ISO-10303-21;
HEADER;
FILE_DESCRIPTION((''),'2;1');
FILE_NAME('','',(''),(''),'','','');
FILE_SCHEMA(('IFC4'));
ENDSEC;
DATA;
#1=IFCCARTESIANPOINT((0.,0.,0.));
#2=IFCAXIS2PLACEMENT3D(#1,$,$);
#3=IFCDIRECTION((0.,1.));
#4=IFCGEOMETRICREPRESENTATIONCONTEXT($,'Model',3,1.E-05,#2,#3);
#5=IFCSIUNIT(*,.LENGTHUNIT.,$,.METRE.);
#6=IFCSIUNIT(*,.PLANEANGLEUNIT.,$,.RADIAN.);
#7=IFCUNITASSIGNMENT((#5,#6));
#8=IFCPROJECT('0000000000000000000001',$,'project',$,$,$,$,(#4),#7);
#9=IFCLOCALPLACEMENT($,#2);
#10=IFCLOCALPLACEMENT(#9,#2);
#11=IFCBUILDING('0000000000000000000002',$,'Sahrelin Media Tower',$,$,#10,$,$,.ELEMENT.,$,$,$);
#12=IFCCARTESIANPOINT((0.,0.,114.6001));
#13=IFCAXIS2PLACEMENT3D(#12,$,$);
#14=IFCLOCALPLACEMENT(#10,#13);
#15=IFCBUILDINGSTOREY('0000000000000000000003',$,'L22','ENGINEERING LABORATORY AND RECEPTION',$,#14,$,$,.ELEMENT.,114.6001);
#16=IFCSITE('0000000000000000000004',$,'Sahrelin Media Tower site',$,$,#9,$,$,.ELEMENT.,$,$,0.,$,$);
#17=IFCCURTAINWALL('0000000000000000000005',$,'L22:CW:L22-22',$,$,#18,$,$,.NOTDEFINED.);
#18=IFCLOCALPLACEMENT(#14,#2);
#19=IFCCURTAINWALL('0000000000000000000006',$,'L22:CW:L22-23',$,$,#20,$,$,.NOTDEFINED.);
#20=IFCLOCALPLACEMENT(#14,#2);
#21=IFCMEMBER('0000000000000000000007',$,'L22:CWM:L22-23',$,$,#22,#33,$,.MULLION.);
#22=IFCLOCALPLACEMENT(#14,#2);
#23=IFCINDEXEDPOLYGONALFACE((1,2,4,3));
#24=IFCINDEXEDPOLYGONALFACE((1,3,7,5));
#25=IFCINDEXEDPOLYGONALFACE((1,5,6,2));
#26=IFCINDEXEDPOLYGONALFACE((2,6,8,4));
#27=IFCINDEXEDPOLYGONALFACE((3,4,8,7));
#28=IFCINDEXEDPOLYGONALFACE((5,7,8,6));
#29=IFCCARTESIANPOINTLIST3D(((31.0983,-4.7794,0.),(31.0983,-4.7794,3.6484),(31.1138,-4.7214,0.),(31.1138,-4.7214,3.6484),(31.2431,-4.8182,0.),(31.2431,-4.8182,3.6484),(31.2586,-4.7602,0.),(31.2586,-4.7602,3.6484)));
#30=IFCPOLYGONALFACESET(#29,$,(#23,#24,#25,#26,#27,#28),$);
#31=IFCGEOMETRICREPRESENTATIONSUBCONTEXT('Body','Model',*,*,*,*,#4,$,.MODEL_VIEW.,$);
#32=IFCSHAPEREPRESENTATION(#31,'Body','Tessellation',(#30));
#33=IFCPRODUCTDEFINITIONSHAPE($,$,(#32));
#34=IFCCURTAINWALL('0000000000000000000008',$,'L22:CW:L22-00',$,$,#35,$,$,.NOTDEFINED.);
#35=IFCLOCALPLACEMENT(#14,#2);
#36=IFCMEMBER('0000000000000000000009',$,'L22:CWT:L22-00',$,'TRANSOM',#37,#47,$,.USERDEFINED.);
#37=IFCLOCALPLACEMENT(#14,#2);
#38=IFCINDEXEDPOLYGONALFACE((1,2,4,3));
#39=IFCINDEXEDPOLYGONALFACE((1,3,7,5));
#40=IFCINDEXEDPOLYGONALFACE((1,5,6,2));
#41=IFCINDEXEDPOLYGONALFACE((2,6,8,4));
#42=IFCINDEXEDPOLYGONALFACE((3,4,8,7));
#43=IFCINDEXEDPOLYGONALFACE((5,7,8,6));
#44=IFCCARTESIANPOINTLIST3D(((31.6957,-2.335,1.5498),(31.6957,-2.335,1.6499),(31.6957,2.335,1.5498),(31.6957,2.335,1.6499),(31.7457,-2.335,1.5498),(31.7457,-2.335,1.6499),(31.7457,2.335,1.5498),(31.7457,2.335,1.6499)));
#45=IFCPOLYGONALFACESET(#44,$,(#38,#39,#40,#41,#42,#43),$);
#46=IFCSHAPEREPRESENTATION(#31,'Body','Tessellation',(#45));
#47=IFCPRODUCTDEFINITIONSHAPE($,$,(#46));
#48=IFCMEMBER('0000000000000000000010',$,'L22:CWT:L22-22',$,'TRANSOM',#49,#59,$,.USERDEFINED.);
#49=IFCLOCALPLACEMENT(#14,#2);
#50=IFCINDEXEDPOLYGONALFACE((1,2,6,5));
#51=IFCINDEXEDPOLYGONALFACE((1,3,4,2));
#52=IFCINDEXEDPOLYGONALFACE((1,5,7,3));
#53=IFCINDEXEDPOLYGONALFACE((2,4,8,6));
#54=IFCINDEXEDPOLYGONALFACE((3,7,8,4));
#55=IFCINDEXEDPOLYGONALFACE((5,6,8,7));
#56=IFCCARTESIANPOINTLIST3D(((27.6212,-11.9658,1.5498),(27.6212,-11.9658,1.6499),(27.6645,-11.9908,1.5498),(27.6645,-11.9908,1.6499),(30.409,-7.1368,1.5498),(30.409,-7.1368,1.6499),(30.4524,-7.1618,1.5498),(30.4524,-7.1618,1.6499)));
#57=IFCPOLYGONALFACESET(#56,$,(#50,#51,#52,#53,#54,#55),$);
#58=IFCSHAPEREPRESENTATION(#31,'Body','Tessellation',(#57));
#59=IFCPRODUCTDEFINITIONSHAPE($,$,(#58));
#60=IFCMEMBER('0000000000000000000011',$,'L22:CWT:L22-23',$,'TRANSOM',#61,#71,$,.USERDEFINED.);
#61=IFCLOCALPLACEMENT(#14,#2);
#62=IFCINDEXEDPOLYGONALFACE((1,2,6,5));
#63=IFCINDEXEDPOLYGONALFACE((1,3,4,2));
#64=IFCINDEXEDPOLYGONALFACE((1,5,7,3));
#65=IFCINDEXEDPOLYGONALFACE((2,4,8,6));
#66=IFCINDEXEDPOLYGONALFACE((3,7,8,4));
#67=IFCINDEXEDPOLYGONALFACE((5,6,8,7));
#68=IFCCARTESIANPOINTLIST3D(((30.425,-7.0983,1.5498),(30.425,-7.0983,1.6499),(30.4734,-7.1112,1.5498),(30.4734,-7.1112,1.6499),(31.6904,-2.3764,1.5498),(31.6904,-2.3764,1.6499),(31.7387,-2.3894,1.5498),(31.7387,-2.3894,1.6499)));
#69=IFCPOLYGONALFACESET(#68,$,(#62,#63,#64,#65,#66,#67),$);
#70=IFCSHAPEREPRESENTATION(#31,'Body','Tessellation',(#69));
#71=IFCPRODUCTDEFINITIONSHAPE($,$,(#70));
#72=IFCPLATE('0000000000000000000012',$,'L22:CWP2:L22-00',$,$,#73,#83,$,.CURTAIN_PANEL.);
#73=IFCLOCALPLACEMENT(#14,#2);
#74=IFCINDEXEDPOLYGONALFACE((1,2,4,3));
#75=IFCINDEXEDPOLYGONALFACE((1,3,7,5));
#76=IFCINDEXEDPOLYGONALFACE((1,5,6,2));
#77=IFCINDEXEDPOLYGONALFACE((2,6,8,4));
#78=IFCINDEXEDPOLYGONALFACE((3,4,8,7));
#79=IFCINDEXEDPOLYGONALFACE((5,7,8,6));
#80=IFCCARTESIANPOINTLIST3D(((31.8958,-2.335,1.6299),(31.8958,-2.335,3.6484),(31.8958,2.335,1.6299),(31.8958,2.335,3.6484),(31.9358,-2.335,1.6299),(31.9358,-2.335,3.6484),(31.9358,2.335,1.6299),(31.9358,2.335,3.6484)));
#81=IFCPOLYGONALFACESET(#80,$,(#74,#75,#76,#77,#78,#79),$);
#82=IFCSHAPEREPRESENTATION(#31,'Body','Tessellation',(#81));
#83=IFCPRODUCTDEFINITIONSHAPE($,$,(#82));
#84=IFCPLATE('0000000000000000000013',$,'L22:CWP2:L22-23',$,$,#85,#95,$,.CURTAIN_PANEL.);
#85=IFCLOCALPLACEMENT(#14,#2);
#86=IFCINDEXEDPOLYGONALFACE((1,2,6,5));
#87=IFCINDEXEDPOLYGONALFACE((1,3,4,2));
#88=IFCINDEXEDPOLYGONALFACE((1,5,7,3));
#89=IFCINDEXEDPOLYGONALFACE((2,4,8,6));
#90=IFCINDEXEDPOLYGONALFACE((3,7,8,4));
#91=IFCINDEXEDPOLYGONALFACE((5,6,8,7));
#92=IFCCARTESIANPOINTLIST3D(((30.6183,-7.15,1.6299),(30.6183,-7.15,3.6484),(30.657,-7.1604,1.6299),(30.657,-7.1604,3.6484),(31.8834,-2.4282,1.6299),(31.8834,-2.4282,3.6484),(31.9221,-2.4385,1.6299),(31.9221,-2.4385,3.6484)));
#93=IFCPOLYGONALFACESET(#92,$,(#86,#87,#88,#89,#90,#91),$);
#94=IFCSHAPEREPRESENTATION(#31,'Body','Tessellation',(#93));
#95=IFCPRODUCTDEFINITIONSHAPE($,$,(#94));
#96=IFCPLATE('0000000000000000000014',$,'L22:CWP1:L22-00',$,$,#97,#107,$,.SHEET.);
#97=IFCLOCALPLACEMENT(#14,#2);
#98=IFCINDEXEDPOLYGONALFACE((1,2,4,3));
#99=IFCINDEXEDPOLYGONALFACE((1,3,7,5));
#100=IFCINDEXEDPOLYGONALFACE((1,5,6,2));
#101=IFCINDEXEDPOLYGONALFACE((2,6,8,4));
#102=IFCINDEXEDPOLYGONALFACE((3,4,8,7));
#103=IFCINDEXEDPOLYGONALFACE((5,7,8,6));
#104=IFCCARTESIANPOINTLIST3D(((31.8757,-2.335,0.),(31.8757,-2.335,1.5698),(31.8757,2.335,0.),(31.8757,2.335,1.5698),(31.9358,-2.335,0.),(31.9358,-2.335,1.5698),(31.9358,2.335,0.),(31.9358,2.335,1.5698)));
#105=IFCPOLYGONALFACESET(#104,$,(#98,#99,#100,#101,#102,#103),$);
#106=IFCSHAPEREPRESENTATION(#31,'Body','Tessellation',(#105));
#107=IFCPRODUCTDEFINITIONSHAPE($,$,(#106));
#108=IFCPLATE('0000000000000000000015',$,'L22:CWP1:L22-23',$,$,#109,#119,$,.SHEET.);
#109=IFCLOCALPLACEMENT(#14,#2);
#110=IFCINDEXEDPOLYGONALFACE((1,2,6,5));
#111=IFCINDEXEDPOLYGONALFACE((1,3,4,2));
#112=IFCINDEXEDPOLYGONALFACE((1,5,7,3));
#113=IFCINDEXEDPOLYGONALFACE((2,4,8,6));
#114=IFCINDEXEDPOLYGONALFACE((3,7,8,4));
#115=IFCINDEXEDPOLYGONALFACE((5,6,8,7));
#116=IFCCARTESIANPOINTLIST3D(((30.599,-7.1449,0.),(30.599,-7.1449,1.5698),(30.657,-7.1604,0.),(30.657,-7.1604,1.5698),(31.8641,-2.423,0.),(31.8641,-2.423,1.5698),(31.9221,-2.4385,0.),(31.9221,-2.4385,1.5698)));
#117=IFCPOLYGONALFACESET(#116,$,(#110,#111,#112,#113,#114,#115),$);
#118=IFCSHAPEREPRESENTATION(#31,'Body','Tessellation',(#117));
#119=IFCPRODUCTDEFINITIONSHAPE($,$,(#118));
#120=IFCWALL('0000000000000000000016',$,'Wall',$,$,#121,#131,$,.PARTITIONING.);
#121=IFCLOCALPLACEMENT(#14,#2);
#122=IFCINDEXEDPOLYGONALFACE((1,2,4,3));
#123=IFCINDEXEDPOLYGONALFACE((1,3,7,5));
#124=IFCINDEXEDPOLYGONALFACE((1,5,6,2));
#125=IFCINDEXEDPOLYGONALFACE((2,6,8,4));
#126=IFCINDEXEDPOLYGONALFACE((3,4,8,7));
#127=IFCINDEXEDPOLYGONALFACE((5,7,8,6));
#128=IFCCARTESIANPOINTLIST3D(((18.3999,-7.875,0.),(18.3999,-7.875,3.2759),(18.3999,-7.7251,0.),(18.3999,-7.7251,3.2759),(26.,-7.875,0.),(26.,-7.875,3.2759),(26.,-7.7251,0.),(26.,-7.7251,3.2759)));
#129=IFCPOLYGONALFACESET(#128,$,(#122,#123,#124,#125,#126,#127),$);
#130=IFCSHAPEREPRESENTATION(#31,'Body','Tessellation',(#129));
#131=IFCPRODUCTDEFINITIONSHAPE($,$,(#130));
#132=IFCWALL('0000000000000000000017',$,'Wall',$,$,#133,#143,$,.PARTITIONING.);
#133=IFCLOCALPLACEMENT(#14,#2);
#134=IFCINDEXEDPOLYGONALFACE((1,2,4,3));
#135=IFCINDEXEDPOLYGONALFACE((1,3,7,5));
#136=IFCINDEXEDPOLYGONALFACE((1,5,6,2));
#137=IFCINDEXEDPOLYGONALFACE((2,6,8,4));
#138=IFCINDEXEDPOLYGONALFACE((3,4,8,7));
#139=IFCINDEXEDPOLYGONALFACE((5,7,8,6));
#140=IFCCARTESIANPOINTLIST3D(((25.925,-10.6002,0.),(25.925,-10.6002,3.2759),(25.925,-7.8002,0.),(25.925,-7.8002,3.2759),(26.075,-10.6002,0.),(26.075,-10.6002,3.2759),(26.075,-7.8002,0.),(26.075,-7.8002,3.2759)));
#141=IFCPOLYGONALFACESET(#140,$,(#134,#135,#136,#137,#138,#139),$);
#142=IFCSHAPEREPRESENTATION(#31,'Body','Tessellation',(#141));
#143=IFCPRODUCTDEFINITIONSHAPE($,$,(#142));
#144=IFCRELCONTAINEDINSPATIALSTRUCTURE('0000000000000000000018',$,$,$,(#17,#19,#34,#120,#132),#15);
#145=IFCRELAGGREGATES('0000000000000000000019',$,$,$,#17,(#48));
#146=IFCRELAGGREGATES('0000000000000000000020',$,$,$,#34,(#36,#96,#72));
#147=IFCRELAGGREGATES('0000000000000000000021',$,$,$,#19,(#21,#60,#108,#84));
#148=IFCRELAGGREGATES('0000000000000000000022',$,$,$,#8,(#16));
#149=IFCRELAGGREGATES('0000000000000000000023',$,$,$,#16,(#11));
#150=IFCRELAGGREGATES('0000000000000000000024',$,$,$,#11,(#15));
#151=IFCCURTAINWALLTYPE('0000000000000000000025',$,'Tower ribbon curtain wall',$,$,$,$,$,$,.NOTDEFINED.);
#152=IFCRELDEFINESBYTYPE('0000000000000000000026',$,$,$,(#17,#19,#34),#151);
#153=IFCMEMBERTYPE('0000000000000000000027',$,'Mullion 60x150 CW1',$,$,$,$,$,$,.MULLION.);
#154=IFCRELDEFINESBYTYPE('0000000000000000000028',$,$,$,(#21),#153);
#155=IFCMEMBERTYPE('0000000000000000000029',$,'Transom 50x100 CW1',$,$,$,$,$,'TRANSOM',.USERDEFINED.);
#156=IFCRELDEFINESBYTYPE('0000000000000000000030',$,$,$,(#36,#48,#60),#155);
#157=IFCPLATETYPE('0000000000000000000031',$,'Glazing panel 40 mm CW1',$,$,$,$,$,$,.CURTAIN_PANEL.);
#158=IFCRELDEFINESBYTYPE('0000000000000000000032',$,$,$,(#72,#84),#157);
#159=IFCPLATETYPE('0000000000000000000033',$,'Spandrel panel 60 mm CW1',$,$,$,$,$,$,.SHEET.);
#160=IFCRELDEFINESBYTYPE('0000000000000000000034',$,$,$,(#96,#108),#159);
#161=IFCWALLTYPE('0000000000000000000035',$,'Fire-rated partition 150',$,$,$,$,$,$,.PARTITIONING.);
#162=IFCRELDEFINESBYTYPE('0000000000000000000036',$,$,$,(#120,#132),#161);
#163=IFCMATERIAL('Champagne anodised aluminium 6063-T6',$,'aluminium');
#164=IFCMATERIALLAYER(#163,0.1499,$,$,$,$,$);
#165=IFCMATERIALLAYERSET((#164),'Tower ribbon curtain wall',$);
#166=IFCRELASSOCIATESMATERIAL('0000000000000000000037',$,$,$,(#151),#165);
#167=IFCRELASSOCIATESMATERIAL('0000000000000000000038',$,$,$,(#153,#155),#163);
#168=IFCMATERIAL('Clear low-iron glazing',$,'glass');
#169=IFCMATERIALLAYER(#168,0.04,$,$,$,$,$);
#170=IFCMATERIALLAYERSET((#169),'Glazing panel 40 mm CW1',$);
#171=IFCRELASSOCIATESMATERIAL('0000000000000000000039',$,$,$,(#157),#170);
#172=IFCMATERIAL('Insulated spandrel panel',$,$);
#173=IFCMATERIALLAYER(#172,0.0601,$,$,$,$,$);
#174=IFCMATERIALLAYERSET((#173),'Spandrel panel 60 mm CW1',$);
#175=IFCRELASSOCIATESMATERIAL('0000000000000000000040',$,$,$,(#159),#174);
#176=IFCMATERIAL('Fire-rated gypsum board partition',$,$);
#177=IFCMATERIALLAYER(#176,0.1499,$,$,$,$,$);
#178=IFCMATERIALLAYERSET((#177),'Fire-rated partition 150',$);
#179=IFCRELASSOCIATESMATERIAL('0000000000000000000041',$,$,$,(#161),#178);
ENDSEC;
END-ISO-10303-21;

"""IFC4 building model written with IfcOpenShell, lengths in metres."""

from ifc_helpers import new_model, si_unit, direction, frame, frame_2d, origin, origin_2d, place, context, subcontext, project, spatial, polyline, rectangle, outline, extrude, material, layer, layer_set, material_profile, profile_set, type_object, element, aggregate, save


model = new_model("IFC4")

# Units and contexts
model_context = context("Model", 3, precision=1e-05, world=origin(), true_north=direction((0.0, 1.0)))
body_context = subcontext(model_context, "Body", "Model", "MODEL_VIEW")
ifc_project = project(units=[si_unit("LENGTHUNIT", "METRE"), si_unit("PLANEANGLEUNIT", "RADIAN")], contexts=[model_context])

# Site, building, storey
site_placement = place(None, origin())
site = spatial("IfcSite", under=ifc_project, at=site_placement, Name="Sahrelin Media Tower site", CompositionType="ELEMENT", RefElevation=0.0)
building_placement = place(site_placement, origin())
building = spatial("IfcBuilding", under=site, at=building_placement, Name="Sahrelin Media Tower", CompositionType="ELEMENT")
storey_placement = place(building_placement, frame((0.0, 0.0, 114.6001)))
storey = spatial("IfcBuildingStorey", under=building, at=storey_placement, Name="L22", Description="ENGINEERING LABORATORY AND RECEPTION", CompositionType="ELEMENT", Elevation=114.6001)

# Curtain walls, members
ifc_material_1 = material(Name="Champagne anodised aluminium 6063-T6", Category="aluminium")
ifc_layer_1 = layer(ifc_material_1, 0.1499)
ifc_layer_set_1 = layer_set([ifc_layer_1], Name="Tower ribbon curtain wall")
curtain_wall_type = type_object("IfcCurtainWallType", Name="Tower ribbon curtain wall", PredefinedType="NOTDEFINED", material=ifc_layer_set_1)
curtain_wall_1_placement = place(storey_placement, frame((29.2058, -9.6614, 0.0), z_axis=(0.0, 0.0, 1.0), x_axis=(1.0, 0.0, 0.0)))
curtain_wall_1 = element("IfcCurtainWall", 1, at=curtain_wall_1_placement, inside=storey, type_object=curtain_wall_type, Name="L22:CW:L22-22", PredefinedType="NOTDEFINED")
ifc_material_profile_1 = material_profile(ifc_material_1, rectangle(XDim=0.0601, YDim=0.1499, at=origin_2d()), Name="Mullion 60x150")
ifc_profile_set_1 = profile_set([ifc_material_profile_1], Name="Champagne anodised aluminium 6063-T6")
member_type_1 = type_object("IfcMemberType", Name="Mullion 60x150 CW1", PredefinedType="MULLION", material=ifc_profile_set_1)
curtain_wall_2_placement = place(storey_placement, frame((31.2703, -4.7942, 0.0), z_axis=(0.0, 0.0, 1.0), x_axis=(1.0, 0.0, 0.0)))
curtain_wall_2 = element("IfcCurtainWall", 2, at=curtain_wall_2_placement, inside=storey, type_object=curtain_wall_type, Name="L22:CW:L22-23", PredefinedType="NOTDEFINED")
member_1_placement = place(storey_placement, frame((31.1785, -4.7698, 0.0), z_axis=(0.0, 0.0, 1.0), x_axis=(0.258836, 0.965921, 0.0)))
member_1 = element("IfcMember", 3, at=member_1_placement, type_object=member_type_1, Name="L22:CWM:L22-23", PredefinedType="MULLION", context=body_context, shape_type="SweptSolid", body=[
    extrude(rectangle(XDim=0.0601, YDim=0.1499, at=origin_2d()), origin(), (0.0, 0.0, 1.0), 3.6484),
])
curtain_wall_3_placement = place(storey_placement, frame((31.9158, 0.0, 0.0), z_axis=(0.0, 0.0, 1.0), x_axis=(1.0, 0.0, 0.0)))
curtain_wall_3 = element("IfcCurtainWall", 4, at=curtain_wall_3_placement, inside=storey, type_object=curtain_wall_type, Name="L22:CW:L22-00", PredefinedType="NOTDEFINED")
ifc_material_profile_2 = material_profile(ifc_material_1, rectangle(XDim=0.05, YDim=0.1001, at=origin_2d()), Name="Transom 50x100")
ifc_profile_set_2 = profile_set([ifc_material_profile_2], Name="Champagne anodised aluminium 6063-T6")
member_type_2 = type_object("IfcMemberType", Name="Transom 50x100 CW1", ElementType="TRANSOM", PredefinedType="USERDEFINED", material=ifc_profile_set_2)
member_2_placement = place(storey_placement, frame((31.7207, -2.335, 1.5999), z_axis=(0.0, 1.0, 0.0), x_axis=(-1.0, 0.0, 0.0)))
member_2 = element("IfcMember", 5, at=member_2_placement, type_object=member_type_2, Name="L22:CWT:L22-00", ObjectType="TRANSOM", PredefinedType="USERDEFINED", context=body_context, shape_type="SweptSolid", body=[
    extrude(rectangle(XDim=0.05, YDim=0.1001, at=origin_2d()), origin(), (0.0, 0.0, 1.0), 4.6699),
])

# Members
member_3_placement = place(storey_placement, frame((27.6428, -11.9783, 1.5999), z_axis=(0.499987, 0.866033, 0.0), x_axis=(-0.866033, 0.499987, 0.0)))
member_3 = element("IfcMember", 6, at=member_3_placement, type_object=member_type_2, Name="L22:CWT:L22-22", ObjectType="TRANSOM", PredefinedType="USERDEFINED", context=body_context, shape_type="SweptSolid", body=[
    extrude(rectangle(XDim=0.05, YDim=0.1001, at=origin_2d()), origin(), (0.0, 0.0, 1.0), 5.5759),
])
aggregate(curtain_wall_1, [member_3])
member_4_placement = place(storey_placement, frame((30.4492, -7.1047, 1.5999), z_axis=(0.258847, 0.965918, 0.0), x_axis=(-0.965918, 0.258847, 0.0)))
member_4 = element("IfcMember", 7, at=member_4_placement, type_object=member_type_2, Name="L22:CWT:L22-23", ObjectType="TRANSOM", PredefinedType="USERDEFINED", context=body_context, shape_type="SweptSolid", body=[
    extrude(rectangle(XDim=0.05, YDim=0.1001, at=origin_2d()), origin(), (0.0, 0.0, 1.0), 4.8884),
])

# Plates
ifc_material_2 = material(Name="Clear low-iron glazing", Category="glass")
ifc_layer_2 = layer(ifc_material_2, 0.04)
ifc_layer_set_2 = layer_set([ifc_layer_2], Name="Glazing panel 40 mm CW1")
plate_type_1 = type_object("IfcPlateType", Name="Glazing panel 40 mm CW1", PredefinedType="CURTAIN_PANEL", material=ifc_layer_set_2)
plate_1_placement = place(storey_placement, frame((31.9358, -2.335, 1.6299), z_axis=(1.0, 0.0, 0.0), x_axis=(0.0, 1.0, 0.0)))
plate_1 = element("IfcPlate", 8, at=plate_1_placement, type_object=plate_type_1, Name="L22:CWP2:L22-00", PredefinedType="CURTAIN_PANEL", context=body_context, shape_type="SweptSolid", body=[
    extrude(outline(polyline([(0.0, 0.0), (4.6699, 0.0), (4.6699, 2.0186), (0.0, 2.0186), (0.0, 0.0)])), origin(), (0.0, 0.0, -1.0), 0.04),
])
plate_2_placement = place(storey_placement, frame((30.657, -7.1604, 1.6299), z_axis=(0.965931, -0.2588, 0.0), x_axis=(0.2588, 0.965931, 0.0)))
plate_2 = element("IfcPlate", 9, at=plate_2_placement, type_object=plate_type_1, Name="L22:CWP2:L22-23", PredefinedType="CURTAIN_PANEL", context=body_context, shape_type="SweptSolid", body=[
    extrude(outline(polyline([(0.0, 0.0), (4.8884, 0.0), (4.8884, 2.0186), (0.0, 2.0186), (0.0, 0.0)])), origin(), (0.0, 0.0, -1.0), 0.04),
])
ifc_material_3 = material(Name="Insulated spandrel panel")
ifc_layer_3 = layer(ifc_material_3, 0.0601)
ifc_layer_set_3 = layer_set([ifc_layer_3], Name="Spandrel panel 60 mm CW1")
plate_type_2 = type_object("IfcPlateType", Name="Spandrel panel 60 mm CW1", PredefinedType="SHEET", material=ifc_layer_set_3)
plate_3_placement = place(storey_placement, frame((31.9358, -2.335, 0.0), z_axis=(1.0, 0.0, 0.0), x_axis=(0.0, 1.0, 0.0)))
plate_3 = element("IfcPlate", 10, at=plate_3_placement, type_object=plate_type_2, Name="L22:CWP1:L22-00", PredefinedType="SHEET", context=body_context, shape_type="SweptSolid", body=[
    extrude(outline(polyline([(0.0, 0.0), (4.6699, 0.0), (4.6699, 1.5698), (0.0, 1.5698), (0.0, 0.0)])), origin(), (0.0, 0.0, -1.0), 0.0601),
])
aggregate(curtain_wall_3, [member_2, plate_3, plate_1])
plate_4_placement = place(storey_placement, frame((30.657, -7.1604, 0.0), z_axis=(0.965931, -0.2588, 0.0), x_axis=(0.2588, 0.965931, 0.0)))
plate_4 = element("IfcPlate", 11, at=plate_4_placement, type_object=plate_type_2, Name="L22:CWP1:L22-23", PredefinedType="SHEET", context=body_context, shape_type="SweptSolid", body=[
    extrude(outline(polyline([(0.0, 0.0), (4.8884, 0.0), (4.8884, 1.5698), (0.0, 1.5698), (0.0, 0.0)])), origin(), (0.0, 0.0, -1.0), 0.0601),
])
aggregate(curtain_wall_2, [member_1, member_4, plate_4, plate_2])

# Walls
ifc_material_4 = material(Name="Fire-rated gypsum board partition")
ifc_layer_4 = layer(ifc_material_4, 0.1499)
ifc_layer_set_4 = layer_set([ifc_layer_4], Name="Fire-rated partition 150")
wall_type_1 = type_object("IfcWallType", Name="Fire-rated partition 150", PredefinedType="PARTITIONING", material=ifc_layer_set_4)
wall_1_placement = place(storey_placement, frame((18.3999, -7.8, 0.0), z_axis=(0.0, 0.0, 1.0), x_axis=(1.0, 0.0, 0.0)))
element("IfcWall", 12, at=wall_1_placement, inside=storey, type_object=wall_type_1, Name="Wall", PredefinedType="PARTITIONING", context=body_context, shape_type="SweptSolid", body=[
    extrude(rectangle(XDim=7.6001, YDim=0.1499, at=frame_2d((3.8, 0.0))), origin(), (0.0, 0.0, 1.0), 3.2759),
])
wall_2_placement = place(storey_placement, frame((26.0, -10.6001, 0.0), z_axis=(0.0, 0.0, 1.0), x_axis=(0.0, 1.0, 0.0)))
element("IfcWall", 13, at=wall_2_placement, inside=storey, type_object=wall_type_1, Name="Wall", PredefinedType="PARTITIONING", context=body_context, shape_type="SweptSolid", body=[
    extrude(rectangle(XDim=2.8, YDim=0.1499, at=frame_2d((1.3999, 0.0))), origin(), (0.0, 0.0, 1.0), 3.2759),
])

save(model, "model.ifc")
